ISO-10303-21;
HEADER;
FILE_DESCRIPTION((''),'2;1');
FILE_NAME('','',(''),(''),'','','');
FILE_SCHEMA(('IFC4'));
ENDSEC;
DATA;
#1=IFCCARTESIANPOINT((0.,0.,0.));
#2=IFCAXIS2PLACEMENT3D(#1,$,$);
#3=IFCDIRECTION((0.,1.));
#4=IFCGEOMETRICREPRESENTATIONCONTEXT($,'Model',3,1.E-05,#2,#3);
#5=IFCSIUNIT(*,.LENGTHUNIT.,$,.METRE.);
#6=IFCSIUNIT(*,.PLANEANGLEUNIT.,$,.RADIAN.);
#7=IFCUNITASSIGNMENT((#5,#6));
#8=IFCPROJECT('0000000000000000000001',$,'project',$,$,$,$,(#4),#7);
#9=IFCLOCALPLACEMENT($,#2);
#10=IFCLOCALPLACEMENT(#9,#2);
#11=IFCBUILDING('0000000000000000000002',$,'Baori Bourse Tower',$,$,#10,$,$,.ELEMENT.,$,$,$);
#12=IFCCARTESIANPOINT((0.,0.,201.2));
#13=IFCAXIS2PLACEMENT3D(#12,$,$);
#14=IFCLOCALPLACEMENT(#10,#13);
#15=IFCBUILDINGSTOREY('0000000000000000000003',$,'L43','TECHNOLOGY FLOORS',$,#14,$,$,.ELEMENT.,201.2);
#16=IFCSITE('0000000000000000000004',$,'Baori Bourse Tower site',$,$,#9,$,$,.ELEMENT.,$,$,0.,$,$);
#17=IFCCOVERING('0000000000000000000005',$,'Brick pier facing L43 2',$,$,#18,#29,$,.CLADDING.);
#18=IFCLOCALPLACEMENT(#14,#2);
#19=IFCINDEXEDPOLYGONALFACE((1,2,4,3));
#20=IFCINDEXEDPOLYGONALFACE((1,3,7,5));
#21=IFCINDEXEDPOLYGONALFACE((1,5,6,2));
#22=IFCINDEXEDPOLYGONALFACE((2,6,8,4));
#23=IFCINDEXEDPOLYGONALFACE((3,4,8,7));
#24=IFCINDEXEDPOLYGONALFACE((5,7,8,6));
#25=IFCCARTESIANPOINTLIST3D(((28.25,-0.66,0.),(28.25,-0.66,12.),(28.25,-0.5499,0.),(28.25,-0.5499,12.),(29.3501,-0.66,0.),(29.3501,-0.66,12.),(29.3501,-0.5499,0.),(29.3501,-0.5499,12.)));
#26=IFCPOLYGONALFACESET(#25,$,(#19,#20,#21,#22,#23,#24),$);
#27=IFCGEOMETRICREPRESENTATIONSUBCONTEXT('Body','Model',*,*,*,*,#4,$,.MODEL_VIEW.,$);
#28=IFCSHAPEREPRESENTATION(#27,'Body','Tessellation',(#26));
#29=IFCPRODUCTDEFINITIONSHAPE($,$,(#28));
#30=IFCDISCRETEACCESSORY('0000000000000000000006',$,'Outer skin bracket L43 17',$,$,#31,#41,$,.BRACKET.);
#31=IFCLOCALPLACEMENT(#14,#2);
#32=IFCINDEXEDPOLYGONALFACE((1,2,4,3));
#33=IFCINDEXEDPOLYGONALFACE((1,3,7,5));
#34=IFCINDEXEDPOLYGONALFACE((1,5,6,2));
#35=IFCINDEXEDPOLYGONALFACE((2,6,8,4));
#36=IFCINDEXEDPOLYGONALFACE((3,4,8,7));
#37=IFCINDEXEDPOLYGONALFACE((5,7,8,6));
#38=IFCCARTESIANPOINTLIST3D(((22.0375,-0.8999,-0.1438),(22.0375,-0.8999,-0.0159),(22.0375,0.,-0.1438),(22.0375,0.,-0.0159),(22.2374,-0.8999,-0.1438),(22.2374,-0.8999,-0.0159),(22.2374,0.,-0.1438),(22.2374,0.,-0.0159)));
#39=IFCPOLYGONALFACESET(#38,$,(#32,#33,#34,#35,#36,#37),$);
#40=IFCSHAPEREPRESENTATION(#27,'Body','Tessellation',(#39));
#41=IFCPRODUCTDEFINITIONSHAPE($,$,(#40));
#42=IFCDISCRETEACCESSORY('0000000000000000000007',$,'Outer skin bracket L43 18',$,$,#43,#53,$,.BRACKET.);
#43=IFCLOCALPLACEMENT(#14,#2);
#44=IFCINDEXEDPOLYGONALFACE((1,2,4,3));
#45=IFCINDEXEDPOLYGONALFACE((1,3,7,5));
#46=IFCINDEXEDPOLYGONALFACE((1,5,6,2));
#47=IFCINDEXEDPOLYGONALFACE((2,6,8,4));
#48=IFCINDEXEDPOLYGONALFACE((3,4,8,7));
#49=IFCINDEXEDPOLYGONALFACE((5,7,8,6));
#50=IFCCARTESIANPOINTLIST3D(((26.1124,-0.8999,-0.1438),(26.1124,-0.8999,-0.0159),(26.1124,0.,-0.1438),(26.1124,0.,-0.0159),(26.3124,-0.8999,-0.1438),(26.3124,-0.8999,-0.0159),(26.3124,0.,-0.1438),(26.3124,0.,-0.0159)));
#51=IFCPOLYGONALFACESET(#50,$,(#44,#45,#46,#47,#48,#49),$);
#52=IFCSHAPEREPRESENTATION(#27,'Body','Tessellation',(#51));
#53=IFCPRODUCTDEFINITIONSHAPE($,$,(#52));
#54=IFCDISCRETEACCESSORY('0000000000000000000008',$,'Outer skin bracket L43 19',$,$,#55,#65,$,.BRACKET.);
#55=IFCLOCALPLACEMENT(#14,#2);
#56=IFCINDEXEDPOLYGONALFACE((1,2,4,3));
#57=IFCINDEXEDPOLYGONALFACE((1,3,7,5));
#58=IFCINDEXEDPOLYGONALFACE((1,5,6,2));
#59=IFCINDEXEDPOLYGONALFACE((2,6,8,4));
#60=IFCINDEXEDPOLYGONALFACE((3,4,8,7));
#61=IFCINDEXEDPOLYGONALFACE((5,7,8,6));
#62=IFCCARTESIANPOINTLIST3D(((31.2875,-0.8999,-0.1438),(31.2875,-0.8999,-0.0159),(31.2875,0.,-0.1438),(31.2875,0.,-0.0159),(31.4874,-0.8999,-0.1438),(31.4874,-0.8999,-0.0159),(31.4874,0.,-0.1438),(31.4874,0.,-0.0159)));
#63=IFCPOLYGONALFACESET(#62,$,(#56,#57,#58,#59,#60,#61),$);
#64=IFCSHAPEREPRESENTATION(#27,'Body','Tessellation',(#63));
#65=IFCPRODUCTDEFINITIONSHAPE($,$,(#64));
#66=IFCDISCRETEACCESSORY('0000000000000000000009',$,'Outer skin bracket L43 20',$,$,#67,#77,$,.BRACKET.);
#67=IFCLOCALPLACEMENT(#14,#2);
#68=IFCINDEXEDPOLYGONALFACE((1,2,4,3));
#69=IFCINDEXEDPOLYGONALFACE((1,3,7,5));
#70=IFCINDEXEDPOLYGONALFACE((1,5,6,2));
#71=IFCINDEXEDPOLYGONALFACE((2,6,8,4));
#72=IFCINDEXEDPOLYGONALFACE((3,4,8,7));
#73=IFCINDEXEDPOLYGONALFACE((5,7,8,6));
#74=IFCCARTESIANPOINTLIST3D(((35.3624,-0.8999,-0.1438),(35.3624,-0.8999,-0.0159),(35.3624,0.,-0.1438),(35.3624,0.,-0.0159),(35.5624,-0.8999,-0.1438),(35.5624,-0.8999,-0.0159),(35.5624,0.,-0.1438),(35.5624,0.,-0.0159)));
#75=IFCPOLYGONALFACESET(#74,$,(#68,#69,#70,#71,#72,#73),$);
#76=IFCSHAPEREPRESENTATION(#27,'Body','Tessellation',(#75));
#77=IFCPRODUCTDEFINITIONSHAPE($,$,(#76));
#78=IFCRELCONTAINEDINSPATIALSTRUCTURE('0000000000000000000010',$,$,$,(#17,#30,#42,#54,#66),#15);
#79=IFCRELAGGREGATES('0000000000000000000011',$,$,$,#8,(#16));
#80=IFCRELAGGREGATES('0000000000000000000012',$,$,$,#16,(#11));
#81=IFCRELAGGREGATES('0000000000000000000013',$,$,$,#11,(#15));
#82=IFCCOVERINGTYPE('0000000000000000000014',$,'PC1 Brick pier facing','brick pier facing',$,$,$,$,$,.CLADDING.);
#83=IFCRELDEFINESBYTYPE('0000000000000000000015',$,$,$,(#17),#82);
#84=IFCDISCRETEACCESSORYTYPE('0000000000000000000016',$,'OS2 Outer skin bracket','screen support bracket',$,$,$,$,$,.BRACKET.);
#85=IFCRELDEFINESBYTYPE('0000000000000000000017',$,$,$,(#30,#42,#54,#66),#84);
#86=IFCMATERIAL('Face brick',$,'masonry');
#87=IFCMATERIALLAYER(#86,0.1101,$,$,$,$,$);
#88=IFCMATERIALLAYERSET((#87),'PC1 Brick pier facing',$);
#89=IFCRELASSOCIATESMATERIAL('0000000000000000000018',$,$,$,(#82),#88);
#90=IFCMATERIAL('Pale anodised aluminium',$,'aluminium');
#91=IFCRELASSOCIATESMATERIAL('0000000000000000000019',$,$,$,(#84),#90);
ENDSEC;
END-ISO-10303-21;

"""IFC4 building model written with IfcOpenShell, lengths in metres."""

from ifc_helpers import new_model, si_unit, direction, frame, origin, origin_2d, place, context, subcontext, project, spatial, rectangle, extrude, material, layer, layer_set, type_object, element, save


model = new_model("IFC4")

# Units and contexts
model_context = context("Model", 3, precision=1e-05, world=origin(), true_north=direction((0.0, 1.0)))
body_context = subcontext(model_context, "Body", "Model", "MODEL_VIEW")
ifc_project = project(units=[si_unit("LENGTHUNIT", "METRE"), si_unit("PLANEANGLEUNIT", "RADIAN")], contexts=[model_context])

# Site, building, storey
site_placement = place(None, origin())
site = spatial("IfcSite", under=ifc_project, at=site_placement, Name="Baori Bourse Tower site", CompositionType="ELEMENT", RefElevation=0.0)
building_placement = place(site_placement, origin())
building = spatial("IfcBuilding", under=site, at=building_placement, Name="Baori Bourse Tower", CompositionType="ELEMENT")
storey_placement = place(building_placement, frame((0.0, 0.0, 201.2)))
storey = spatial("IfcBuildingStorey", under=building, at=storey_placement, Name="L43", Description="TECHNOLOGY FLOORS", CompositionType="ELEMENT", Elevation=201.2)

# Covering
ifc_material_1 = material(Name="Face brick", Category="masonry")
ifc_layer_1 = layer(ifc_material_1, 0.1101)
ifc_layer_set_1 = layer_set([ifc_layer_1], Name="PC1 Brick pier facing")
covering_type = type_object("IfcCoveringType", Name="PC1 Brick pier facing", Description="brick pier facing", PredefinedType="CLADDING", material=ifc_layer_set_1)
covering_placement = place(storey_placement, frame((28.8, -0.605, 0.0), z_axis=(0.0, 0.0, 1.0), x_axis=(1.0, 0.0, 0.0)))
element("IfcCovering", 1, at=covering_placement, inside=storey, type_object=covering_type, Name="Brick pier facing L43 2", PredefinedType="CLADDING", context=body_context, shape_type="SweptSolid", body=[
    extrude(rectangle(XDim=1.1001, YDim=0.1101, at=origin_2d()), origin(), (0.0, 0.0, 1.0), 12.0),
])

# Discrete accessories
ifc_material_2 = material(Name="Pale anodised aluminium", Category="aluminium")
discrete_accessory_type = type_object("IfcDiscreteAccessoryType", Name="OS2 Outer skin bracket", Description="screen support bracket", PredefinedType="BRACKET", material=ifc_material_2)
for number, where, z_axis, x_axis, name in (
    (2, (22.1375, -0.45, -0.1438), (0.0, 0.0, 1.0), (1.0, 0.0, 0.0), "Outer skin bracket L43 17"),
    (3, (26.2124, -0.45, -0.1438), (0.0, 0.0, 1.0), (1.0, 0.0, 0.0), "Outer skin bracket L43 18"),
    (4, (31.3875, -0.45, -0.1438), (0.0, 0.0, 1.0), (1.0, 0.0, 0.0), "Outer skin bracket L43 19"),
    (5, (35.4624, -0.45, -0.1438), (0.0, 0.0, 1.0), (1.0, 0.0, 0.0), "Outer skin bracket L43 20"),
):
    element("IfcDiscreteAccessory", number, at=place(storey_placement, frame(where, z_axis=z_axis, x_axis=x_axis)), inside=storey, type_object=discrete_accessory_type, Name=name, PredefinedType="BRACKET", context=body_context, shape_type="SweptSolid", body=[
        extrude(rectangle(XDim=0.2, YDim=0.8999, at=origin_2d()), origin(), (0.0, 0.0, 1.0), 0.1279),
    ])

save(model, "model.ifc")
